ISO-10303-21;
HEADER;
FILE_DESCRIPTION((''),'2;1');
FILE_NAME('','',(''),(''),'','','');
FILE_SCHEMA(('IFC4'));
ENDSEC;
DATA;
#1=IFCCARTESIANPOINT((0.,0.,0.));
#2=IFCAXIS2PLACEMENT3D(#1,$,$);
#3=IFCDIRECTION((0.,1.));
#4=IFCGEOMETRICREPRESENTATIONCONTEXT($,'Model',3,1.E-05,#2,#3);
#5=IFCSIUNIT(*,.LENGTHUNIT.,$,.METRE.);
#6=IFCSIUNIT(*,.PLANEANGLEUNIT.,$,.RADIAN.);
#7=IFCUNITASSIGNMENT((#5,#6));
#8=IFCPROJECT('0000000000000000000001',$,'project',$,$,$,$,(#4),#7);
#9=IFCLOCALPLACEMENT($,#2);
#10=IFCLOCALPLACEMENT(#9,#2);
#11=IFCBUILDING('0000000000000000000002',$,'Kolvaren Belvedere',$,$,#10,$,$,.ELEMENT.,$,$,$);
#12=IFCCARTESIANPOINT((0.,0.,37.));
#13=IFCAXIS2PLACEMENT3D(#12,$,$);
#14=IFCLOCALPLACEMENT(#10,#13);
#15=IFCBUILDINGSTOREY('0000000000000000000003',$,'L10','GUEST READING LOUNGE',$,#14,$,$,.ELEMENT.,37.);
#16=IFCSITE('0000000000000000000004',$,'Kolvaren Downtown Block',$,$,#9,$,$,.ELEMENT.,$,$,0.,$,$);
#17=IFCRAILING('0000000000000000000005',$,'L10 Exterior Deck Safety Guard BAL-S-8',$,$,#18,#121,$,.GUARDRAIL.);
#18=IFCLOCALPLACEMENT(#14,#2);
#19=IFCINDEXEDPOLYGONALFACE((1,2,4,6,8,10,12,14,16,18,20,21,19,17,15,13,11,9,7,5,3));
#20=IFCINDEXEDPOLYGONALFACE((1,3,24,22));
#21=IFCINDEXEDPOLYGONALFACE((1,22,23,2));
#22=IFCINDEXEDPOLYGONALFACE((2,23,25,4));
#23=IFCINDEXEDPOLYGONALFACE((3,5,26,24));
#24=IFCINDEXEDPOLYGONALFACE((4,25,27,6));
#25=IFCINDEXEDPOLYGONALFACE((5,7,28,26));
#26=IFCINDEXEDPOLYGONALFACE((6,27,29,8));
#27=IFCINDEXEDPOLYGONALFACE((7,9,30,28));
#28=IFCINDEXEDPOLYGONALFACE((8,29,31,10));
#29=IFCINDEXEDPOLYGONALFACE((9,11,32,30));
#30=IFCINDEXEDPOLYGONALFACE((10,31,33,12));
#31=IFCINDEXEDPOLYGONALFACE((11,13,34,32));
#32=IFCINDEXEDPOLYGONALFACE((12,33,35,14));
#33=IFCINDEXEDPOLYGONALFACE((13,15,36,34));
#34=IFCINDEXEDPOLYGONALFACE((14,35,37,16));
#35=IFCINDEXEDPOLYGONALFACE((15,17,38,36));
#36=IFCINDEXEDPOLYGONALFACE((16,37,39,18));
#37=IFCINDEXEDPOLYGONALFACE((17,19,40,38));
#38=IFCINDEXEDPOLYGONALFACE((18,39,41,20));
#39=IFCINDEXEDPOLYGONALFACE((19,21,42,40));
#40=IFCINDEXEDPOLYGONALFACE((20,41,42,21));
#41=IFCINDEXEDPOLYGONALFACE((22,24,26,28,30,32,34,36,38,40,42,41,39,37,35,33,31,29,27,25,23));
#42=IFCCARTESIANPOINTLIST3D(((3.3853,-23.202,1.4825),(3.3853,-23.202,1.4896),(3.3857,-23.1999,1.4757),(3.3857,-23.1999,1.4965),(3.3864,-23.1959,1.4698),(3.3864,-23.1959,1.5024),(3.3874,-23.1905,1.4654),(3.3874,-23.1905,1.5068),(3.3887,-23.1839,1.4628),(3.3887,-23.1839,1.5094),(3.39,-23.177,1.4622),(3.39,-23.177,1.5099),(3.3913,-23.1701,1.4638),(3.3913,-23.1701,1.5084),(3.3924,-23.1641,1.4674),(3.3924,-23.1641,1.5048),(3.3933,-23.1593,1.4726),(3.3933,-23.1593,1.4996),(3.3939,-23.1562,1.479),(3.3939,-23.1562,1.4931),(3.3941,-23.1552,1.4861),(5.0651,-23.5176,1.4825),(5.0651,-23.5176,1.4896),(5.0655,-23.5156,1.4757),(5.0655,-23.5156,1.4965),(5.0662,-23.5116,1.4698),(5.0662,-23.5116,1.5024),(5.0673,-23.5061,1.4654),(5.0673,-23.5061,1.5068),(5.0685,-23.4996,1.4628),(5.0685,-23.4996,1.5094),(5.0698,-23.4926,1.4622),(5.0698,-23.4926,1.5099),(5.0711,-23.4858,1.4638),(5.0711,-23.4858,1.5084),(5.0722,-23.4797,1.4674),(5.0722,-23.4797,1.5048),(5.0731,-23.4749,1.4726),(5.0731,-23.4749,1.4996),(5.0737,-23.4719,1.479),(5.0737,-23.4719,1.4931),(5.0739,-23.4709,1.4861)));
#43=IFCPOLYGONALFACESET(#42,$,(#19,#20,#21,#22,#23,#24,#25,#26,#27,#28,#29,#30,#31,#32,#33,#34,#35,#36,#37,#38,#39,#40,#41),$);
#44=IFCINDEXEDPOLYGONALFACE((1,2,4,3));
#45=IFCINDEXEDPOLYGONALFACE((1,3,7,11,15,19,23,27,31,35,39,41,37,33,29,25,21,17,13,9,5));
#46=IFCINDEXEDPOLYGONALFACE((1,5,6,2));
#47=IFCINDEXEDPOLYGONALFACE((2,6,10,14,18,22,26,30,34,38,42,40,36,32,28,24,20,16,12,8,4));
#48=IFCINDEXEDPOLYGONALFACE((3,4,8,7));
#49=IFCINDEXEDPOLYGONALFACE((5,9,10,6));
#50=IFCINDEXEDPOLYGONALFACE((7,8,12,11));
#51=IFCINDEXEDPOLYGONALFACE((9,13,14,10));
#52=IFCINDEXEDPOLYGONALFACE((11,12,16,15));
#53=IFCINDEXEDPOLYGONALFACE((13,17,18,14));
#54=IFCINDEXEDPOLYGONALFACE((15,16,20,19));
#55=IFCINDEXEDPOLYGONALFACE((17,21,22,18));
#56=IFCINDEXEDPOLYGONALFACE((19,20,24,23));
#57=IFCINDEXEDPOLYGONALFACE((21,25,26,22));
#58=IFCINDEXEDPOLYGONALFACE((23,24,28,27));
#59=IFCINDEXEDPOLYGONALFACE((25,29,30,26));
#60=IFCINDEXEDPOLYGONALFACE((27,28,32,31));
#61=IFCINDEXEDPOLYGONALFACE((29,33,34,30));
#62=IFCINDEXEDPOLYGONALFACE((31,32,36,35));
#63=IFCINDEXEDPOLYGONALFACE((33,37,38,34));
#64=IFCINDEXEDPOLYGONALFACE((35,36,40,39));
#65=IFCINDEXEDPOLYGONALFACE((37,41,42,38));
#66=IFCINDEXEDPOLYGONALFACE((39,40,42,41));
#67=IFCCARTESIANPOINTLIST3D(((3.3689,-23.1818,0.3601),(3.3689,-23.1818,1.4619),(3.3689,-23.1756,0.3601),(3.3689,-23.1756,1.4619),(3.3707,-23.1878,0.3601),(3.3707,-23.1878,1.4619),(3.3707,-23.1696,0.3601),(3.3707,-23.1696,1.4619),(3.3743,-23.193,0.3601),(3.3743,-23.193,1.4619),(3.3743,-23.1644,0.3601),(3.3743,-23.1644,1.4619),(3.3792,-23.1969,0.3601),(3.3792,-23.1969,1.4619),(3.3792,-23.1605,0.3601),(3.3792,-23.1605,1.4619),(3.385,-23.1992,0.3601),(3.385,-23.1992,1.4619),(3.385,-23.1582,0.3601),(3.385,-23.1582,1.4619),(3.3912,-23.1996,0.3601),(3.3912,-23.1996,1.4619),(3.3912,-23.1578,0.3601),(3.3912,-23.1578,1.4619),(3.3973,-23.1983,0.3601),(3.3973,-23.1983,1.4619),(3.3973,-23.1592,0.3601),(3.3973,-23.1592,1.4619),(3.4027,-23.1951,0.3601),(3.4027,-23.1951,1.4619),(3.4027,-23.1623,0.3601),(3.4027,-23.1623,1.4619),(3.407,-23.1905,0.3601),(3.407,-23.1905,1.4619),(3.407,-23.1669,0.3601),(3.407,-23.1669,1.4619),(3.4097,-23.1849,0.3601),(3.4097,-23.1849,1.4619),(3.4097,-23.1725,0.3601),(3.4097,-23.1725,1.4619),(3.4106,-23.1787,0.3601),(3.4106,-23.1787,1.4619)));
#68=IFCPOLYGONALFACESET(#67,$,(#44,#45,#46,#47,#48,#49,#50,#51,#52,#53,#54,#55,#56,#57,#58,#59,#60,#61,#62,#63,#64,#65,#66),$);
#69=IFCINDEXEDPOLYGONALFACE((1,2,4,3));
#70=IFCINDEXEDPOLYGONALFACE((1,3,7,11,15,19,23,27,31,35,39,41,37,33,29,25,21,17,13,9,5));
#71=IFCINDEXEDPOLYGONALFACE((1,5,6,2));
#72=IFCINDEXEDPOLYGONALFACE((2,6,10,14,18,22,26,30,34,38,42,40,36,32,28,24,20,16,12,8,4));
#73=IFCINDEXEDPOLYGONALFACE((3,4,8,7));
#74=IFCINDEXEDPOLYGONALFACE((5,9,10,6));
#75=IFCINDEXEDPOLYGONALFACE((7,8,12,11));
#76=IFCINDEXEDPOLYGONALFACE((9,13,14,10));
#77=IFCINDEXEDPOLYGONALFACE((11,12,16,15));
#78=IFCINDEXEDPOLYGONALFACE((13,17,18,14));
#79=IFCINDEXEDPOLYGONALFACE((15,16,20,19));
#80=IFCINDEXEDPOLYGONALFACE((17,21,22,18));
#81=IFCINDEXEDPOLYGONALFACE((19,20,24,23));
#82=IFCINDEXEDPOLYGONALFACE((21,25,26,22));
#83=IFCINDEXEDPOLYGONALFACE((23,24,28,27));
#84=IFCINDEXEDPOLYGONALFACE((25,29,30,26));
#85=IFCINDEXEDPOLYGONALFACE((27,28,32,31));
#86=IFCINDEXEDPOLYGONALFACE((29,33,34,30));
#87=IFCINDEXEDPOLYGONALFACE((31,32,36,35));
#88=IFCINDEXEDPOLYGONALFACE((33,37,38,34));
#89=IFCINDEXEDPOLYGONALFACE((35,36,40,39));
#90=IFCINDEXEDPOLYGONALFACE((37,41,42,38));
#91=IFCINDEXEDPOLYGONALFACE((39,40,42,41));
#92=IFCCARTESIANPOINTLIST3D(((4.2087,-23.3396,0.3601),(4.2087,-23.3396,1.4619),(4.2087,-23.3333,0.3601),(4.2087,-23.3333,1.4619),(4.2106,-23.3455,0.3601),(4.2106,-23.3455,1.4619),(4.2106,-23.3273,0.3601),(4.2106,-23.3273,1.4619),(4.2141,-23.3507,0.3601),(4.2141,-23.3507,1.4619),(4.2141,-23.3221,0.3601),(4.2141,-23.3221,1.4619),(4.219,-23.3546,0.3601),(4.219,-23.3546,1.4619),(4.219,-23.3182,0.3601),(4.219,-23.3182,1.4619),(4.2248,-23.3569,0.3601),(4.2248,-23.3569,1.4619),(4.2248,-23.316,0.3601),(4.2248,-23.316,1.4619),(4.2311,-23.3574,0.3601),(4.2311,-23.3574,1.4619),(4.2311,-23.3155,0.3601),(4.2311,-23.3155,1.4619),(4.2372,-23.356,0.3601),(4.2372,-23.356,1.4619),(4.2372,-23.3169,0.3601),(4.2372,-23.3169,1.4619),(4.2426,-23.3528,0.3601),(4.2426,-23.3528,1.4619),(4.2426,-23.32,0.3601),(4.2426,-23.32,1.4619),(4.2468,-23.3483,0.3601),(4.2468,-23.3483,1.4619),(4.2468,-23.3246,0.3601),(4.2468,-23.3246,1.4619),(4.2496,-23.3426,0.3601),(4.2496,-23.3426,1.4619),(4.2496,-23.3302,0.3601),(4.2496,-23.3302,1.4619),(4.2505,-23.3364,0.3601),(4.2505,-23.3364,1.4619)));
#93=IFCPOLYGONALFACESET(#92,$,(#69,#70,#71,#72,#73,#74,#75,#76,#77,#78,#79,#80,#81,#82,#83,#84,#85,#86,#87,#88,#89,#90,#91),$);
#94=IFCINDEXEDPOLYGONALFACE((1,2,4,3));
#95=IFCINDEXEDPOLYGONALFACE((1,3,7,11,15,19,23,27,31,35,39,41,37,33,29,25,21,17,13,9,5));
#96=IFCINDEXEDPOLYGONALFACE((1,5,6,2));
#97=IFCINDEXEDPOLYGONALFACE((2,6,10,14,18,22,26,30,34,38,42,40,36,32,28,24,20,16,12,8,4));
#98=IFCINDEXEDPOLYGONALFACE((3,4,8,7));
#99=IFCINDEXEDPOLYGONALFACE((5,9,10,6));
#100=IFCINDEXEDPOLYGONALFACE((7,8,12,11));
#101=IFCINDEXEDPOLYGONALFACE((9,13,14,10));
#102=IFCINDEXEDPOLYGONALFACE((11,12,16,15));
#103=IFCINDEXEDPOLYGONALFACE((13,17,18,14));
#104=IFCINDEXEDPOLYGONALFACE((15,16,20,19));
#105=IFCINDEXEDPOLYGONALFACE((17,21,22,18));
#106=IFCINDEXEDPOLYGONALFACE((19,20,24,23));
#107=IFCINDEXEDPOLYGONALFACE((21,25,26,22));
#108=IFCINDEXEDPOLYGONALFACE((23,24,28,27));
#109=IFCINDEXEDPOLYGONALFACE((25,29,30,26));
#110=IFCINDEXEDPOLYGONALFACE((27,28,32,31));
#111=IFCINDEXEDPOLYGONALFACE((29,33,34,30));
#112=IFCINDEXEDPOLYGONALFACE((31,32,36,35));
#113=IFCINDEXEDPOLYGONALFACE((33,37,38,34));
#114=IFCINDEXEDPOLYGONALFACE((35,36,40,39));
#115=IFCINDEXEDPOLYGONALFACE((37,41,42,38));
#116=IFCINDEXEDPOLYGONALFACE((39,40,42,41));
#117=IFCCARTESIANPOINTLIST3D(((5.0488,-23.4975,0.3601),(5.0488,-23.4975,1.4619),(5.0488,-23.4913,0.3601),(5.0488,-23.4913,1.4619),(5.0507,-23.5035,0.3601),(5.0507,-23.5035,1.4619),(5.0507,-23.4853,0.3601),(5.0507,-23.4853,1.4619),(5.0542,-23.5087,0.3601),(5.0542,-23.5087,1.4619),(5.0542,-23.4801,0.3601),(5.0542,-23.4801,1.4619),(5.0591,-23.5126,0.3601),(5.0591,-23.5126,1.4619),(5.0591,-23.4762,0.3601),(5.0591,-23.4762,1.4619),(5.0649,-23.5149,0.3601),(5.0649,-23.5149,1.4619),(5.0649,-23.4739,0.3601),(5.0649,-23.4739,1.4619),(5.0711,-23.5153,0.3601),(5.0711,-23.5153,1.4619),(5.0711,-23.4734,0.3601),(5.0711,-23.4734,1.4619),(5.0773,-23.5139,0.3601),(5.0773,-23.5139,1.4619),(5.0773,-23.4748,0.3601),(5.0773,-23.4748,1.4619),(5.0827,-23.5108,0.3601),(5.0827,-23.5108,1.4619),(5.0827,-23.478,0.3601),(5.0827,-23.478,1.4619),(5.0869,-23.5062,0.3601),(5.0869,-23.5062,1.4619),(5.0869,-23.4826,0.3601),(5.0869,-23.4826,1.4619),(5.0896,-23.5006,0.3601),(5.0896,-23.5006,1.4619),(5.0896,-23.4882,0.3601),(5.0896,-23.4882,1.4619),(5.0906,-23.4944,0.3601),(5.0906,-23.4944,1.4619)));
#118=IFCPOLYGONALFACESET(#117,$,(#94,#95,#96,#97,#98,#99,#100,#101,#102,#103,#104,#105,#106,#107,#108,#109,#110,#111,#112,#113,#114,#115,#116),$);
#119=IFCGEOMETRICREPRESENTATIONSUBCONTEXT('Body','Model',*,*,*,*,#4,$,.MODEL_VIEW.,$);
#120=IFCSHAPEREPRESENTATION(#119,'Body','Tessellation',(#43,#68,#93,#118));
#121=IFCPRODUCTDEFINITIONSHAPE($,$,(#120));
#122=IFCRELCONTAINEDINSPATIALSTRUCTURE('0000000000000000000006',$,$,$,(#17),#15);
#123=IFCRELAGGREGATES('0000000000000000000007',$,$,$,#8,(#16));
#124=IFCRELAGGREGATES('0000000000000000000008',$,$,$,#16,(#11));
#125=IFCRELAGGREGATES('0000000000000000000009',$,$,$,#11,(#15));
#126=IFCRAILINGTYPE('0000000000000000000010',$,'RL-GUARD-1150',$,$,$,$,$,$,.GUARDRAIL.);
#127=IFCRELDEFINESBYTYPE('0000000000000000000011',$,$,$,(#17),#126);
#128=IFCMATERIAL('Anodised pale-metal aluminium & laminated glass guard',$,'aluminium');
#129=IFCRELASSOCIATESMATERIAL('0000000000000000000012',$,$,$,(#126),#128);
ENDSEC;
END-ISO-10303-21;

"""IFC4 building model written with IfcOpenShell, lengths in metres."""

from ifc_helpers import new_model, si_unit, direction, frame, origin, origin_2d, place, context, subcontext, project, spatial, circle, extrude, material, type_object, element, save


model = new_model("IFC4")

# Units and contexts
model_context = context("Model", 3, precision=1e-05, world=origin(), true_north=direction((0.0, 1.0)))
body_context = subcontext(model_context, "Body", "Model", "MODEL_VIEW")
ifc_project = project(units=[si_unit("LENGTHUNIT", "METRE"), si_unit("PLANEANGLEUNIT", "RADIAN")], contexts=[model_context])

# Site, building, storey
site_placement = place(None, origin())
site = spatial("IfcSite", under=ifc_project, at=site_placement, Name="Kolvaren Downtown Block", CompositionType="ELEMENT", RefElevation=0.0)
building_placement = place(site_placement, origin())
building = spatial("IfcBuilding", under=site, at=building_placement, Name="Kolvaren Belvedere", CompositionType="ELEMENT")
storey_placement = place(building_placement, frame((0.0, 0.0, 37.0)))
storey = spatial("IfcBuildingStorey", under=building, at=storey_placement, Name="L10", Description="GUEST READING LOUNGE", CompositionType="ELEMENT", Elevation=37.0)

# Railing
ifc_material_1 = material(Name="Anodised pale-metal aluminium & laminated glass guard", Category="aluminium")
railing_type = type_object("IfcRailingType", Name="RL-GUARD-1150", PredefinedType="GUARDRAIL", material=ifc_material_1)
railing_1_placement = place(storey_placement, frame((3.3896, -23.1787, 0.3601)))
element("IfcRailing", 1, at=railing_1_placement, inside=storey, type_object=railing_type, Name="L10 Exterior Deck Safety Guard BAL-S-8", PredefinedType="GUARDRAIL", context=body_context, shape_type="SweptSolid", body=[
    extrude(circle(Radius=0.0239, at=origin_2d()), frame((0.0, 0.0, 1.126), z_axis=(0.982799, -0.184677, 0.0), x_axis=(0.184677, 0.982799, 0.0)), (0.0, 0.0, 1.0), 1.7092),
    extrude(circle(Radius=0.021, at=origin_2d()), origin(), (0.0, 0.0, 1.0), 1.1018),
    extrude(circle(Radius=0.021, at=origin_2d()), frame((0.8398, -0.1577, 0.0)), (0.0, 0.0, 1.0), 1.1018),
    extrude(circle(Radius=0.021, at=origin_2d()), frame((1.6799, -0.3157, 0.0)), (0.0, 0.0, 1.0), 1.1018),
])

save(model, "model.ifc")
